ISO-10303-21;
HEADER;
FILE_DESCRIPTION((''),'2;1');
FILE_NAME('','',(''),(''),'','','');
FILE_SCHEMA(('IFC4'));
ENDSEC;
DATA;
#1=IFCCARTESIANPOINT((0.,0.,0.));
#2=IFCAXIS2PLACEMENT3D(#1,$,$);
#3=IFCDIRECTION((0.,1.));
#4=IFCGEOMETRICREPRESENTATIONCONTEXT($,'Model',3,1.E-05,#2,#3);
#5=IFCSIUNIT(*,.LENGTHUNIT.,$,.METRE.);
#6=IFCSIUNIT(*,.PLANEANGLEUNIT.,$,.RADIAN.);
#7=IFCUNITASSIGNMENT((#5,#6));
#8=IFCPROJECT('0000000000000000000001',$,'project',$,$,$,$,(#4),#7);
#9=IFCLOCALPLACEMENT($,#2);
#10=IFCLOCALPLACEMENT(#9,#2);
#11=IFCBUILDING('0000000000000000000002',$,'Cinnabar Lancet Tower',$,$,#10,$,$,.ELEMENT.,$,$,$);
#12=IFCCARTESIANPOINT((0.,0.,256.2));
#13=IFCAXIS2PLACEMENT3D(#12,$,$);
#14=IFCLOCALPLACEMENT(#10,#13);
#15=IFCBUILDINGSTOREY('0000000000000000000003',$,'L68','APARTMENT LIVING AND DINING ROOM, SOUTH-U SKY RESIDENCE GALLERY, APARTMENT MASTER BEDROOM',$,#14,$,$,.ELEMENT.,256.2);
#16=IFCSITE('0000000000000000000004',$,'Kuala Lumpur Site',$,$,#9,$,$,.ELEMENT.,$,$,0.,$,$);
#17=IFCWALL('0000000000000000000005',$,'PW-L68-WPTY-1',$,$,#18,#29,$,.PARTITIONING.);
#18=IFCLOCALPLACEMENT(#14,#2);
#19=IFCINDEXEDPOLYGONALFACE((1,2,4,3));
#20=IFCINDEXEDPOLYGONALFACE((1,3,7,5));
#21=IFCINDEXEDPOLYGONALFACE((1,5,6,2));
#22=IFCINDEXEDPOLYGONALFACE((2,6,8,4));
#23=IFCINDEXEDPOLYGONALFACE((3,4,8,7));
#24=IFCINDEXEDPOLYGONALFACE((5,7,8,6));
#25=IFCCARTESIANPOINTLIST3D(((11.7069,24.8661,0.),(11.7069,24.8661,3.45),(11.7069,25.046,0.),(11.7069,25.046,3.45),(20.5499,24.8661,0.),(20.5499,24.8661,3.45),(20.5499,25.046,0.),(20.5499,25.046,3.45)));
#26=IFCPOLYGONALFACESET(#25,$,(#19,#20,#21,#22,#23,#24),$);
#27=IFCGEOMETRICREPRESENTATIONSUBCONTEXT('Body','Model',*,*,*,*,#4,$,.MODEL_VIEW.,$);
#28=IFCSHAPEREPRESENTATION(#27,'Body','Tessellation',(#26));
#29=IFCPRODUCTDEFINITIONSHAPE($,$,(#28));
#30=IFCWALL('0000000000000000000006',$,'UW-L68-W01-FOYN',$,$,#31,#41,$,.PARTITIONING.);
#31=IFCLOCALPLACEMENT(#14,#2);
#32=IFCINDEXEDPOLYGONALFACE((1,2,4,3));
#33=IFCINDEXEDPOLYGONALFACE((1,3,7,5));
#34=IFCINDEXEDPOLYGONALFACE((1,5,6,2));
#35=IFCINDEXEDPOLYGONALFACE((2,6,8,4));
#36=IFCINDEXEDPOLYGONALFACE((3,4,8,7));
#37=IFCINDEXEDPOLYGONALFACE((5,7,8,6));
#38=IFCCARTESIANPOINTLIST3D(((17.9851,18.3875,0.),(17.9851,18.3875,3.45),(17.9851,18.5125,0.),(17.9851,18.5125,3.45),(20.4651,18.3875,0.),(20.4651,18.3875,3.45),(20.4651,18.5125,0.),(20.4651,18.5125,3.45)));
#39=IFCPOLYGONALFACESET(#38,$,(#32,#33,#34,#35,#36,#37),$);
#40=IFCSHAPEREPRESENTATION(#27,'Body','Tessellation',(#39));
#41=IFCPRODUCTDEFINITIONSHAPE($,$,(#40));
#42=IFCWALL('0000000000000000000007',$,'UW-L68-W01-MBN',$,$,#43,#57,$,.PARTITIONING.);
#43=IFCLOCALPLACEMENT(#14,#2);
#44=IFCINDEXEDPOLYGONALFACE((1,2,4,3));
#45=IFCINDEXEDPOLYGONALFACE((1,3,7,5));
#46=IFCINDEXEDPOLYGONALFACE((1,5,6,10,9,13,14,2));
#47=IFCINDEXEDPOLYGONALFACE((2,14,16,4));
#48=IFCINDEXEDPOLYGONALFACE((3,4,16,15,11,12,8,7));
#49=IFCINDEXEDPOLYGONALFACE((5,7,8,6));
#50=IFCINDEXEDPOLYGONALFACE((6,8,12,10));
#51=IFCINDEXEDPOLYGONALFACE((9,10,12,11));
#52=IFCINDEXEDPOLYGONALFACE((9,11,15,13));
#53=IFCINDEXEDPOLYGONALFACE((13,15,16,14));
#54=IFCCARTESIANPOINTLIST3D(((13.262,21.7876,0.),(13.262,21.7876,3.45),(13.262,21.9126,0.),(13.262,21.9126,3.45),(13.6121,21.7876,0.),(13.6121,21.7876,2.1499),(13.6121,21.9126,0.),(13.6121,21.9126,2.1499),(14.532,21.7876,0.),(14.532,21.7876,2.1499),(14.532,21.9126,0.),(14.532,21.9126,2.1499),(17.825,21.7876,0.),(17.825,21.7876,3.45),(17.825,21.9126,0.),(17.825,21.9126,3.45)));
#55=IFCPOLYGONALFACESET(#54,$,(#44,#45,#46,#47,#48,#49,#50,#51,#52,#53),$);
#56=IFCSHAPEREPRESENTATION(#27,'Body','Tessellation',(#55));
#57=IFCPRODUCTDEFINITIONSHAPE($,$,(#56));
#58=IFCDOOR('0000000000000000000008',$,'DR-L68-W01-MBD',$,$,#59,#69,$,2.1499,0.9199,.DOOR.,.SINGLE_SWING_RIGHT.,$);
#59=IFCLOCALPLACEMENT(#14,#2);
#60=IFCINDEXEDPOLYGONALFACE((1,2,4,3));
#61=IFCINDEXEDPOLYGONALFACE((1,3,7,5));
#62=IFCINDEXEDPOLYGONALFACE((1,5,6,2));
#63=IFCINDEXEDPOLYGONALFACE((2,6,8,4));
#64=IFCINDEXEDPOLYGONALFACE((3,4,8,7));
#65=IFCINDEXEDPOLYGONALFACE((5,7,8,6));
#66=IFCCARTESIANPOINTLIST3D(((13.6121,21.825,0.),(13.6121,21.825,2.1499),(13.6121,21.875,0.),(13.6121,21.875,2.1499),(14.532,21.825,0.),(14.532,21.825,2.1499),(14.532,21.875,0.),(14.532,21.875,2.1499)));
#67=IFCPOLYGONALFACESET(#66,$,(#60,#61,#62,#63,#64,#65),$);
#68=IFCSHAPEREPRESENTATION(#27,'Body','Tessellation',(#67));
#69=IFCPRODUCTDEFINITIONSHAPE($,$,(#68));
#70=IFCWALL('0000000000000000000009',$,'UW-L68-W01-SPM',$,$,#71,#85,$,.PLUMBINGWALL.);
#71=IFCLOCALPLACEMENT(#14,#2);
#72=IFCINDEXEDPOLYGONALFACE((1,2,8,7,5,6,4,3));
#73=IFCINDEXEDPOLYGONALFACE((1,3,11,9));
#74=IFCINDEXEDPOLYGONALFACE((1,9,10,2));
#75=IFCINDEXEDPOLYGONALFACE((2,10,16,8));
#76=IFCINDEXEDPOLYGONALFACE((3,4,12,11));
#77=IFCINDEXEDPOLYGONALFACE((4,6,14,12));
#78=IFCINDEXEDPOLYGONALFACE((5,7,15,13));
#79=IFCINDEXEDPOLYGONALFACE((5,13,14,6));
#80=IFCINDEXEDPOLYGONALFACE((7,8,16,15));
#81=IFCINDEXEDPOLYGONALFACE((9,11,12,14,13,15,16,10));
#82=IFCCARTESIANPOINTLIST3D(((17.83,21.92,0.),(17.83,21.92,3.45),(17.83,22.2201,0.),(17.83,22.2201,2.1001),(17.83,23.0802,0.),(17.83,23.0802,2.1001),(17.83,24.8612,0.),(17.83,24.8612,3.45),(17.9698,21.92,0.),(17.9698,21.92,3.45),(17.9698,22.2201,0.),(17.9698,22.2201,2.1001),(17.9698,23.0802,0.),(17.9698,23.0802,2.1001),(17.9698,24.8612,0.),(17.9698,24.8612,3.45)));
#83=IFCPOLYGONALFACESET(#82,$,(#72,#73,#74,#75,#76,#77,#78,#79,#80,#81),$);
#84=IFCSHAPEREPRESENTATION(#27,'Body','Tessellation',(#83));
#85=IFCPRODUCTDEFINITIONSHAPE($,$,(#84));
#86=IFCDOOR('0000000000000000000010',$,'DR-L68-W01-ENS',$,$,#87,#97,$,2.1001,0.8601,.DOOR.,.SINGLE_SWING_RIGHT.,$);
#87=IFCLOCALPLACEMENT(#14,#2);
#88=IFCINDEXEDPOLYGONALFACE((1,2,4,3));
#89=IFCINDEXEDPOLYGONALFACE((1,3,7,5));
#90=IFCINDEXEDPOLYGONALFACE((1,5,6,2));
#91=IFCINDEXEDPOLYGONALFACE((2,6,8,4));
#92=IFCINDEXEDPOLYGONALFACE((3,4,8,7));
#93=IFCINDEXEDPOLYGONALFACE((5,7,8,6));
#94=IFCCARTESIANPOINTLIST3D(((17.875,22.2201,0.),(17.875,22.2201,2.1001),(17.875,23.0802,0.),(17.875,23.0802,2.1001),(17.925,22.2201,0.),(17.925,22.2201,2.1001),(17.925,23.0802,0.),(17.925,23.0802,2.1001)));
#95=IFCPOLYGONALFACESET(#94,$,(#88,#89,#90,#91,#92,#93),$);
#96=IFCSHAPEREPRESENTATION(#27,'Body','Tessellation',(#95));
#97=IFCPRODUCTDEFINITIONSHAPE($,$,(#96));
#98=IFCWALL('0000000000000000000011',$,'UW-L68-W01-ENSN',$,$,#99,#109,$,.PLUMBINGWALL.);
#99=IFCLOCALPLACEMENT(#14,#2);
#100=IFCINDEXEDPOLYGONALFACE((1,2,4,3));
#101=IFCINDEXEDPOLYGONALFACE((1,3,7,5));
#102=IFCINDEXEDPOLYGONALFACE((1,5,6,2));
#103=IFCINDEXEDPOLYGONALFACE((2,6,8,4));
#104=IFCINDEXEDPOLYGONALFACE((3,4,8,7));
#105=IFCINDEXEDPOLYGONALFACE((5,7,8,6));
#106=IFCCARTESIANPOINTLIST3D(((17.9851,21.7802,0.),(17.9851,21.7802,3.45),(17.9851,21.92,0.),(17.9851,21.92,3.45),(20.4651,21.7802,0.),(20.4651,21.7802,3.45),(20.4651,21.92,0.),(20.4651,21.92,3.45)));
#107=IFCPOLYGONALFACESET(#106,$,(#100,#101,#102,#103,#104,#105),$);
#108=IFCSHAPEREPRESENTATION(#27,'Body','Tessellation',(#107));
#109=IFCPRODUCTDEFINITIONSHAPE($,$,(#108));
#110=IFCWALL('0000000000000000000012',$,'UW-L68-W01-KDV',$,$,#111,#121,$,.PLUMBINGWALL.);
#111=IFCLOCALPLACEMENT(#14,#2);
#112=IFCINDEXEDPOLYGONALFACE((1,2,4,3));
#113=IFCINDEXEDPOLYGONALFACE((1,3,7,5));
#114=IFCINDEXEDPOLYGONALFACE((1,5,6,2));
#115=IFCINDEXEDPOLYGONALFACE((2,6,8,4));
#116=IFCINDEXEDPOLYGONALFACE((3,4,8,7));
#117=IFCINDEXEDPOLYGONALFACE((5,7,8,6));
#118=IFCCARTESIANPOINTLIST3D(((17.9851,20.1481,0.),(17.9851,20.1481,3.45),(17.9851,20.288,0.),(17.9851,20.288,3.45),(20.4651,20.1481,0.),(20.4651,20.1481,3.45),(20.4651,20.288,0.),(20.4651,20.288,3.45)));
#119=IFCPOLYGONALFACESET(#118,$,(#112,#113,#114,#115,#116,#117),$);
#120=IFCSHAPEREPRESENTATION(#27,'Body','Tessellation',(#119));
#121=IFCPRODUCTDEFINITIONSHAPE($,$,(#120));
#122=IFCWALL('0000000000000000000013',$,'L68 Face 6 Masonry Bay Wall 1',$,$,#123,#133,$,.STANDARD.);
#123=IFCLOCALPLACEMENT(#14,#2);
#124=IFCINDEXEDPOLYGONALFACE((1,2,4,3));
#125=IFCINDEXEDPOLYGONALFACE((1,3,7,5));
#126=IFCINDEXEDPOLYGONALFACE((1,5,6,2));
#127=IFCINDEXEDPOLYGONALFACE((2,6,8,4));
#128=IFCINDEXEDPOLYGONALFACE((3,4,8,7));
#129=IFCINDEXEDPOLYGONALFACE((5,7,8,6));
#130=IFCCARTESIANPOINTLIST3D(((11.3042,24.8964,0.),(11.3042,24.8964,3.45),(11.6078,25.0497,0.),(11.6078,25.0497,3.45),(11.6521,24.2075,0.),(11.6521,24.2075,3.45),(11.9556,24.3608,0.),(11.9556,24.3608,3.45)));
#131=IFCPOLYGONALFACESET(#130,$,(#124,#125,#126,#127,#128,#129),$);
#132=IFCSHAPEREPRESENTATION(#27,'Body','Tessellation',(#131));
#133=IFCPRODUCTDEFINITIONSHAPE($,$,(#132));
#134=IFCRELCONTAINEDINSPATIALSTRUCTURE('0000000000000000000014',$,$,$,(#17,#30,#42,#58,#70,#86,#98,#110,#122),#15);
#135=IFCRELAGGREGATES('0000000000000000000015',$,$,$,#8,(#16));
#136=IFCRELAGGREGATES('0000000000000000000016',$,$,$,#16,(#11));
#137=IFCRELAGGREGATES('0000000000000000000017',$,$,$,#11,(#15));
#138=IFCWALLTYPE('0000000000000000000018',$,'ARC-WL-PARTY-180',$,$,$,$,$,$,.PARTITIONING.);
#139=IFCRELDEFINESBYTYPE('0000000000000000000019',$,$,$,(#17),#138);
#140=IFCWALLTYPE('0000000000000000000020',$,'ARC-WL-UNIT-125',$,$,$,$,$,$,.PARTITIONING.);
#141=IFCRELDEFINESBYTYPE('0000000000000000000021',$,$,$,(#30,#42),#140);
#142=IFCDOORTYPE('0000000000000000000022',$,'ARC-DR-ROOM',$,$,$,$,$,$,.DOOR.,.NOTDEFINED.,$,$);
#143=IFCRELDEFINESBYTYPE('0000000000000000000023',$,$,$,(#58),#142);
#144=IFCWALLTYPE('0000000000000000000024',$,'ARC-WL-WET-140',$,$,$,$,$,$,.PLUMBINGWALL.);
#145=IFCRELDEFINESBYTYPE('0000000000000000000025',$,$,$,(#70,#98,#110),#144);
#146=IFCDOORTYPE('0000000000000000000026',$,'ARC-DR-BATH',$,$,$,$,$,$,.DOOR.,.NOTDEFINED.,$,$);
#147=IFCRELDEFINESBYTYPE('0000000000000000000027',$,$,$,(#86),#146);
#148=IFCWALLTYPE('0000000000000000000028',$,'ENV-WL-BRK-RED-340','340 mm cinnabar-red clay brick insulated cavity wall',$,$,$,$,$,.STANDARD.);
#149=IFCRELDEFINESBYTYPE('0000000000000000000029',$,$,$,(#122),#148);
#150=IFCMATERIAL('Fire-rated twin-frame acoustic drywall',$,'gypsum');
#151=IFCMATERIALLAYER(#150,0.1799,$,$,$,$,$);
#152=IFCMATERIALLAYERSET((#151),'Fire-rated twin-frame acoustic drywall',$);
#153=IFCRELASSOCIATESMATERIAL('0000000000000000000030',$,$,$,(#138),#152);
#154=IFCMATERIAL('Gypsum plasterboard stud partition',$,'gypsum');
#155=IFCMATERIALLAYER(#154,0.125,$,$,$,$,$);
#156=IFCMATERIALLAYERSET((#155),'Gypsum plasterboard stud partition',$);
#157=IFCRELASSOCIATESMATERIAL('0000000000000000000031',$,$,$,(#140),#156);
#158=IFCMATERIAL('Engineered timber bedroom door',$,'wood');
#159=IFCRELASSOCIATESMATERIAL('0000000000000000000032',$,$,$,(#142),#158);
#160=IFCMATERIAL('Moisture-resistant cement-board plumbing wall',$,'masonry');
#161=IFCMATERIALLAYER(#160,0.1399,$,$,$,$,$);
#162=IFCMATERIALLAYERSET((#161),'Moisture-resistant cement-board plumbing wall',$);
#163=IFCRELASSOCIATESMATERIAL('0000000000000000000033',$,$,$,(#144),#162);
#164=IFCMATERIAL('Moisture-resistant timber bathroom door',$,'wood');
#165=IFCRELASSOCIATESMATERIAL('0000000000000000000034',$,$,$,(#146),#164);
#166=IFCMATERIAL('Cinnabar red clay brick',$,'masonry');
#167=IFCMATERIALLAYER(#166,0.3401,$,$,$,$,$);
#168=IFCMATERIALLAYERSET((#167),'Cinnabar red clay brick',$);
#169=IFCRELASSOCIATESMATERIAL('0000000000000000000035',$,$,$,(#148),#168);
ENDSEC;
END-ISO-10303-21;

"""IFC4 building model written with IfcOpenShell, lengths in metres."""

from ifc_helpers import new_model, si_unit, direction, frame, frame_2d, origin, place, context, subcontext, project, spatial, rectangle, extrude, material, layer, layer_set, type_object, element, fill, save


model = new_model("IFC4")

# Units and contexts
model_context = context("Model", 3, precision=1e-05, world=origin(), true_north=direction((0.0, 1.0)))
body_context = subcontext(model_context, "Body", "Model", "MODEL_VIEW")
ifc_project = project(units=[si_unit("LENGTHUNIT", "METRE"), si_unit("PLANEANGLEUNIT", "RADIAN")], contexts=[model_context])

# Site, building, storey
site_placement = place(None, origin())
site = spatial("IfcSite", under=ifc_project, at=site_placement, Name="Kuala Lumpur Site", CompositionType="ELEMENT", RefElevation=0.0)
building_placement = place(site_placement, origin())
building = spatial("IfcBuilding", under=site, at=building_placement, Name="Cinnabar Lancet Tower", CompositionType="ELEMENT")
storey_placement = place(building_placement, frame((0.0, 0.0, 256.2)))
storey = spatial("IfcBuildingStorey", under=building, at=storey_placement, Name="L68", Description="APARTMENT LIVING AND DINING ROOM, SOUTH-U SKY RESIDENCE GALLERY, APARTMENT MASTER BEDROOM", CompositionType="ELEMENT", Elevation=256.2)

# Walls
ifc_material_1 = material(Name="Fire-rated twin-frame acoustic drywall", Category="gypsum")
ifc_layer_1 = layer(ifc_material_1, 0.1799)
ifc_layer_set_1 = layer_set([ifc_layer_1], Name="Fire-rated twin-frame acoustic drywall")
wall_type_1 = type_object("IfcWallType", Name="ARC-WL-PARTY-180", PredefinedType="PARTITIONING", material=ifc_layer_set_1)
wall_1_placement = place(storey_placement, frame((11.707, 24.9561, 0.0), z_axis=(0.0, 0.0, 1.0), x_axis=(1.0, 0.0, 0.0)))
element("IfcWall", 1, at=wall_1_placement, inside=storey, type_object=wall_type_1, Name="PW-L68-WPTY-1", PredefinedType="PARTITIONING", context=body_context, shape_type="SweptSolid", body=[
    extrude(rectangle(XDim=8.843, YDim=0.1799, at=frame_2d((4.4214, 0.0))), origin(), (0.0, 0.0, 1.0), 3.45),
])
ifc_material_2 = material(Name="Gypsum plasterboard stud partition", Category="gypsum")
ifc_layer_2 = layer(ifc_material_2, 0.125)
ifc_layer_set_2 = layer_set([ifc_layer_2], Name="Gypsum plasterboard stud partition")
wall_type_2 = type_object("IfcWallType", Name="ARC-WL-UNIT-125", PredefinedType="PARTITIONING", material=ifc_layer_set_2)
wall_2_placement = place(storey_placement, frame((17.9851, 18.45, 0.0), z_axis=(0.0, 0.0, 1.0), x_axis=(1.0, 0.0, 0.0)))
element("IfcWall", 2, at=wall_2_placement, inside=storey, type_object=wall_type_2, Name="UW-L68-W01-FOYN", PredefinedType="PARTITIONING", context=body_context, shape_type="SweptSolid", body=[
    extrude(rectangle(XDim=2.48, YDim=0.125, at=frame_2d((1.24, 0.0))), origin(), (0.0, 0.0, 1.0), 3.45),
])

# Walls, openings, doors
wall_3_placement = place(storey_placement, frame((13.262, 21.8501, 0.0), z_axis=(0.0, 0.0, 1.0), x_axis=(1.0, 0.0, 0.0)))
wall_3 = element("IfcWall", 3, at=wall_3_placement, inside=storey, type_object=wall_type_2, Name="UW-L68-W01-MBN", PredefinedType="PARTITIONING", context=body_context, shape_type="SweptSolid", body=[
    extrude(rectangle(XDim=4.563, YDim=0.125, at=frame_2d((2.2815, 0.0))), origin(), (0.0, 0.0, 1.0), 3.45),
])
opening_1_placement = place(wall_3_placement, frame((0.3501, 0.0, 0.0)))
opening_1 = element("IfcOpeningElement", 4, at=opening_1_placement, cuts=wall_3, PredefinedType="OPENING", context=body_context, shape_type="SweptSolid", body=[
    extrude(rectangle(XDim=0.9199, YDim=2.1499, at=frame_2d((0.46, 1.075))), frame((0.0, 0.0725, 0.0), z_axis=(0.0, -1.0, 0.0), x_axis=(1.0, 0.0, 0.0)), (0.0, 0.0, 1.0), 0.145),
])
ifc_material_3 = material(Name="Engineered timber bedroom door", Category="wood")
door_type_1 = type_object("IfcDoorType", Name="ARC-DR-ROOM", OperationType="NOTDEFINED", PredefinedType="DOOR", material=ifc_material_3)
door_1_placement = place(opening_1_placement, origin())
door_1 = element("IfcDoor", 5, at=door_1_placement, inside=storey, type_object=door_type_1, Name="DR-L68-W01-MBD", OperationType="SINGLE_SWING_RIGHT", OverallHeight=2.1499, OverallWidth=0.9199, PredefinedType="DOOR", context=body_context, shape_type="SweptSolid", body=[
    extrude(rectangle(XDim=0.9199, YDim=2.1499, at=frame_2d((0.46, 1.075))), frame((0.0, 0.0249, 0.0), z_axis=(0.0, -1.0, 0.0), x_axis=(1.0, 0.0, 0.0)), (0.0, 0.0, 1.0), 0.05),
])
fill(opening_1, door_1)
ifc_material_4 = material(Name="Moisture-resistant cement-board plumbing wall", Category="masonry")
ifc_layer_3 = layer(ifc_material_4, 0.1399)
ifc_layer_set_3 = layer_set([ifc_layer_3], Name="Moisture-resistant cement-board plumbing wall")
wall_type_3 = type_object("IfcWallType", Name="ARC-WL-WET-140", PredefinedType="PLUMBINGWALL", material=ifc_layer_set_3)
wall_4_placement = place(storey_placement, frame((17.8999, 21.9199, 0.0), z_axis=(0.0, 0.0, 1.0), x_axis=(0.0, 1.0, 0.0)))
wall_4 = element("IfcWall", 6, at=wall_4_placement, inside=storey, type_object=wall_type_3, Name="UW-L68-W01-SPM", PredefinedType="PLUMBINGWALL", context=body_context, shape_type="SweptSolid", body=[
    extrude(rectangle(XDim=2.9412, YDim=0.1399, at=frame_2d((1.4707, 0.0))), origin(), (0.0, 0.0, 1.0), 3.45),
])
opening_2_placement = place(wall_4_placement, frame((0.3, 0.0, 0.0)))
opening_2 = element("IfcOpeningElement", 7, at=opening_2_placement, cuts=wall_4, PredefinedType="OPENING", context=body_context, shape_type="SweptSolid", body=[
    extrude(rectangle(XDim=0.8601, YDim=2.1001, at=frame_2d((0.4302, 1.05))), frame((0.0, 0.0798, 0.0), z_axis=(0.0, -1.0, 0.0), x_axis=(1.0, 0.0, 0.0)), (0.0, 0.0, 1.0), 0.1599),
])
ifc_material_5 = material(Name="Moisture-resistant timber bathroom door", Category="wood")
door_type_2 = type_object("IfcDoorType", Name="ARC-DR-BATH", OperationType="NOTDEFINED", PredefinedType="DOOR", material=ifc_material_5)
door_2_placement = place(opening_2_placement, origin())
door_2 = element("IfcDoor", 8, at=door_2_placement, inside=storey, type_object=door_type_2, Name="DR-L68-W01-ENS", OperationType="SINGLE_SWING_RIGHT", OverallHeight=2.1001, OverallWidth=0.8601, PredefinedType="DOOR", context=body_context, shape_type="SweptSolid", body=[
    extrude(rectangle(XDim=0.8601, YDim=2.1001, at=frame_2d((0.4302, 1.05))), frame((0.0, 0.0249, 0.0), z_axis=(0.0, -1.0, 0.0), x_axis=(1.0, 0.0, 0.0)), (0.0, 0.0, 1.0), 0.05),
])
fill(opening_2, door_2)

# Walls
for number, where, z_axis, x_axis, name in (
    (9, (17.9851, 21.8501, 0.0), (0.0, 0.0, 1.0), (1.0, 0.0, 0.0), "UW-L68-W01-ENSN"),
    (10, (17.9851, 20.218, 0.0), (0.0, 0.0, 1.0), (1.0, 0.0, 0.0), "UW-L68-W01-KDV"),
):
    element("IfcWall", number, at=place(storey_placement, frame(where, z_axis=z_axis, x_axis=x_axis)), inside=storey, type_object=wall_type_3, Name=name, PredefinedType="PLUMBINGWALL", context=body_context, shape_type="SweptSolid", body=[
        extrude(rectangle(XDim=2.48, YDim=0.1399, at=frame_2d((1.24, 0.0))), origin(), (0.0, 0.0, 1.0), 3.45),
    ])
ifc_material_6 = material(Name="Cinnabar red clay brick", Category="masonry")
ifc_layer_4 = layer(ifc_material_6, 0.3401)
ifc_layer_set_4 = layer_set([ifc_layer_4], Name="Cinnabar red clay brick")
wall_type_4 = type_object("IfcWallType", Name="ENV-WL-BRK-RED-340", Description="340 mm cinnabar-red clay brick insulated cavity wall", PredefinedType="STANDARD", material=ifc_layer_set_4)
wall_5_placement = place(storey_placement, frame((11.4561, 24.9729, 0.0), z_axis=(0.0, 0.0, 1.0), x_axis=(0.450753, -0.892649, 0.0)))
element("IfcWall", 11, at=wall_5_placement, inside=storey, type_object=wall_type_4, Name="L68 Face 6 Masonry Bay Wall 1", PredefinedType="STANDARD", context=body_context, shape_type="SweptSolid", body=[
    extrude(rectangle(XDim=0.7717, YDim=0.3401, at=frame_2d((0.3857, 0.0))), origin(), (0.0, 0.0, 1.0), 3.45),
])

save(model, "model.ifc")
